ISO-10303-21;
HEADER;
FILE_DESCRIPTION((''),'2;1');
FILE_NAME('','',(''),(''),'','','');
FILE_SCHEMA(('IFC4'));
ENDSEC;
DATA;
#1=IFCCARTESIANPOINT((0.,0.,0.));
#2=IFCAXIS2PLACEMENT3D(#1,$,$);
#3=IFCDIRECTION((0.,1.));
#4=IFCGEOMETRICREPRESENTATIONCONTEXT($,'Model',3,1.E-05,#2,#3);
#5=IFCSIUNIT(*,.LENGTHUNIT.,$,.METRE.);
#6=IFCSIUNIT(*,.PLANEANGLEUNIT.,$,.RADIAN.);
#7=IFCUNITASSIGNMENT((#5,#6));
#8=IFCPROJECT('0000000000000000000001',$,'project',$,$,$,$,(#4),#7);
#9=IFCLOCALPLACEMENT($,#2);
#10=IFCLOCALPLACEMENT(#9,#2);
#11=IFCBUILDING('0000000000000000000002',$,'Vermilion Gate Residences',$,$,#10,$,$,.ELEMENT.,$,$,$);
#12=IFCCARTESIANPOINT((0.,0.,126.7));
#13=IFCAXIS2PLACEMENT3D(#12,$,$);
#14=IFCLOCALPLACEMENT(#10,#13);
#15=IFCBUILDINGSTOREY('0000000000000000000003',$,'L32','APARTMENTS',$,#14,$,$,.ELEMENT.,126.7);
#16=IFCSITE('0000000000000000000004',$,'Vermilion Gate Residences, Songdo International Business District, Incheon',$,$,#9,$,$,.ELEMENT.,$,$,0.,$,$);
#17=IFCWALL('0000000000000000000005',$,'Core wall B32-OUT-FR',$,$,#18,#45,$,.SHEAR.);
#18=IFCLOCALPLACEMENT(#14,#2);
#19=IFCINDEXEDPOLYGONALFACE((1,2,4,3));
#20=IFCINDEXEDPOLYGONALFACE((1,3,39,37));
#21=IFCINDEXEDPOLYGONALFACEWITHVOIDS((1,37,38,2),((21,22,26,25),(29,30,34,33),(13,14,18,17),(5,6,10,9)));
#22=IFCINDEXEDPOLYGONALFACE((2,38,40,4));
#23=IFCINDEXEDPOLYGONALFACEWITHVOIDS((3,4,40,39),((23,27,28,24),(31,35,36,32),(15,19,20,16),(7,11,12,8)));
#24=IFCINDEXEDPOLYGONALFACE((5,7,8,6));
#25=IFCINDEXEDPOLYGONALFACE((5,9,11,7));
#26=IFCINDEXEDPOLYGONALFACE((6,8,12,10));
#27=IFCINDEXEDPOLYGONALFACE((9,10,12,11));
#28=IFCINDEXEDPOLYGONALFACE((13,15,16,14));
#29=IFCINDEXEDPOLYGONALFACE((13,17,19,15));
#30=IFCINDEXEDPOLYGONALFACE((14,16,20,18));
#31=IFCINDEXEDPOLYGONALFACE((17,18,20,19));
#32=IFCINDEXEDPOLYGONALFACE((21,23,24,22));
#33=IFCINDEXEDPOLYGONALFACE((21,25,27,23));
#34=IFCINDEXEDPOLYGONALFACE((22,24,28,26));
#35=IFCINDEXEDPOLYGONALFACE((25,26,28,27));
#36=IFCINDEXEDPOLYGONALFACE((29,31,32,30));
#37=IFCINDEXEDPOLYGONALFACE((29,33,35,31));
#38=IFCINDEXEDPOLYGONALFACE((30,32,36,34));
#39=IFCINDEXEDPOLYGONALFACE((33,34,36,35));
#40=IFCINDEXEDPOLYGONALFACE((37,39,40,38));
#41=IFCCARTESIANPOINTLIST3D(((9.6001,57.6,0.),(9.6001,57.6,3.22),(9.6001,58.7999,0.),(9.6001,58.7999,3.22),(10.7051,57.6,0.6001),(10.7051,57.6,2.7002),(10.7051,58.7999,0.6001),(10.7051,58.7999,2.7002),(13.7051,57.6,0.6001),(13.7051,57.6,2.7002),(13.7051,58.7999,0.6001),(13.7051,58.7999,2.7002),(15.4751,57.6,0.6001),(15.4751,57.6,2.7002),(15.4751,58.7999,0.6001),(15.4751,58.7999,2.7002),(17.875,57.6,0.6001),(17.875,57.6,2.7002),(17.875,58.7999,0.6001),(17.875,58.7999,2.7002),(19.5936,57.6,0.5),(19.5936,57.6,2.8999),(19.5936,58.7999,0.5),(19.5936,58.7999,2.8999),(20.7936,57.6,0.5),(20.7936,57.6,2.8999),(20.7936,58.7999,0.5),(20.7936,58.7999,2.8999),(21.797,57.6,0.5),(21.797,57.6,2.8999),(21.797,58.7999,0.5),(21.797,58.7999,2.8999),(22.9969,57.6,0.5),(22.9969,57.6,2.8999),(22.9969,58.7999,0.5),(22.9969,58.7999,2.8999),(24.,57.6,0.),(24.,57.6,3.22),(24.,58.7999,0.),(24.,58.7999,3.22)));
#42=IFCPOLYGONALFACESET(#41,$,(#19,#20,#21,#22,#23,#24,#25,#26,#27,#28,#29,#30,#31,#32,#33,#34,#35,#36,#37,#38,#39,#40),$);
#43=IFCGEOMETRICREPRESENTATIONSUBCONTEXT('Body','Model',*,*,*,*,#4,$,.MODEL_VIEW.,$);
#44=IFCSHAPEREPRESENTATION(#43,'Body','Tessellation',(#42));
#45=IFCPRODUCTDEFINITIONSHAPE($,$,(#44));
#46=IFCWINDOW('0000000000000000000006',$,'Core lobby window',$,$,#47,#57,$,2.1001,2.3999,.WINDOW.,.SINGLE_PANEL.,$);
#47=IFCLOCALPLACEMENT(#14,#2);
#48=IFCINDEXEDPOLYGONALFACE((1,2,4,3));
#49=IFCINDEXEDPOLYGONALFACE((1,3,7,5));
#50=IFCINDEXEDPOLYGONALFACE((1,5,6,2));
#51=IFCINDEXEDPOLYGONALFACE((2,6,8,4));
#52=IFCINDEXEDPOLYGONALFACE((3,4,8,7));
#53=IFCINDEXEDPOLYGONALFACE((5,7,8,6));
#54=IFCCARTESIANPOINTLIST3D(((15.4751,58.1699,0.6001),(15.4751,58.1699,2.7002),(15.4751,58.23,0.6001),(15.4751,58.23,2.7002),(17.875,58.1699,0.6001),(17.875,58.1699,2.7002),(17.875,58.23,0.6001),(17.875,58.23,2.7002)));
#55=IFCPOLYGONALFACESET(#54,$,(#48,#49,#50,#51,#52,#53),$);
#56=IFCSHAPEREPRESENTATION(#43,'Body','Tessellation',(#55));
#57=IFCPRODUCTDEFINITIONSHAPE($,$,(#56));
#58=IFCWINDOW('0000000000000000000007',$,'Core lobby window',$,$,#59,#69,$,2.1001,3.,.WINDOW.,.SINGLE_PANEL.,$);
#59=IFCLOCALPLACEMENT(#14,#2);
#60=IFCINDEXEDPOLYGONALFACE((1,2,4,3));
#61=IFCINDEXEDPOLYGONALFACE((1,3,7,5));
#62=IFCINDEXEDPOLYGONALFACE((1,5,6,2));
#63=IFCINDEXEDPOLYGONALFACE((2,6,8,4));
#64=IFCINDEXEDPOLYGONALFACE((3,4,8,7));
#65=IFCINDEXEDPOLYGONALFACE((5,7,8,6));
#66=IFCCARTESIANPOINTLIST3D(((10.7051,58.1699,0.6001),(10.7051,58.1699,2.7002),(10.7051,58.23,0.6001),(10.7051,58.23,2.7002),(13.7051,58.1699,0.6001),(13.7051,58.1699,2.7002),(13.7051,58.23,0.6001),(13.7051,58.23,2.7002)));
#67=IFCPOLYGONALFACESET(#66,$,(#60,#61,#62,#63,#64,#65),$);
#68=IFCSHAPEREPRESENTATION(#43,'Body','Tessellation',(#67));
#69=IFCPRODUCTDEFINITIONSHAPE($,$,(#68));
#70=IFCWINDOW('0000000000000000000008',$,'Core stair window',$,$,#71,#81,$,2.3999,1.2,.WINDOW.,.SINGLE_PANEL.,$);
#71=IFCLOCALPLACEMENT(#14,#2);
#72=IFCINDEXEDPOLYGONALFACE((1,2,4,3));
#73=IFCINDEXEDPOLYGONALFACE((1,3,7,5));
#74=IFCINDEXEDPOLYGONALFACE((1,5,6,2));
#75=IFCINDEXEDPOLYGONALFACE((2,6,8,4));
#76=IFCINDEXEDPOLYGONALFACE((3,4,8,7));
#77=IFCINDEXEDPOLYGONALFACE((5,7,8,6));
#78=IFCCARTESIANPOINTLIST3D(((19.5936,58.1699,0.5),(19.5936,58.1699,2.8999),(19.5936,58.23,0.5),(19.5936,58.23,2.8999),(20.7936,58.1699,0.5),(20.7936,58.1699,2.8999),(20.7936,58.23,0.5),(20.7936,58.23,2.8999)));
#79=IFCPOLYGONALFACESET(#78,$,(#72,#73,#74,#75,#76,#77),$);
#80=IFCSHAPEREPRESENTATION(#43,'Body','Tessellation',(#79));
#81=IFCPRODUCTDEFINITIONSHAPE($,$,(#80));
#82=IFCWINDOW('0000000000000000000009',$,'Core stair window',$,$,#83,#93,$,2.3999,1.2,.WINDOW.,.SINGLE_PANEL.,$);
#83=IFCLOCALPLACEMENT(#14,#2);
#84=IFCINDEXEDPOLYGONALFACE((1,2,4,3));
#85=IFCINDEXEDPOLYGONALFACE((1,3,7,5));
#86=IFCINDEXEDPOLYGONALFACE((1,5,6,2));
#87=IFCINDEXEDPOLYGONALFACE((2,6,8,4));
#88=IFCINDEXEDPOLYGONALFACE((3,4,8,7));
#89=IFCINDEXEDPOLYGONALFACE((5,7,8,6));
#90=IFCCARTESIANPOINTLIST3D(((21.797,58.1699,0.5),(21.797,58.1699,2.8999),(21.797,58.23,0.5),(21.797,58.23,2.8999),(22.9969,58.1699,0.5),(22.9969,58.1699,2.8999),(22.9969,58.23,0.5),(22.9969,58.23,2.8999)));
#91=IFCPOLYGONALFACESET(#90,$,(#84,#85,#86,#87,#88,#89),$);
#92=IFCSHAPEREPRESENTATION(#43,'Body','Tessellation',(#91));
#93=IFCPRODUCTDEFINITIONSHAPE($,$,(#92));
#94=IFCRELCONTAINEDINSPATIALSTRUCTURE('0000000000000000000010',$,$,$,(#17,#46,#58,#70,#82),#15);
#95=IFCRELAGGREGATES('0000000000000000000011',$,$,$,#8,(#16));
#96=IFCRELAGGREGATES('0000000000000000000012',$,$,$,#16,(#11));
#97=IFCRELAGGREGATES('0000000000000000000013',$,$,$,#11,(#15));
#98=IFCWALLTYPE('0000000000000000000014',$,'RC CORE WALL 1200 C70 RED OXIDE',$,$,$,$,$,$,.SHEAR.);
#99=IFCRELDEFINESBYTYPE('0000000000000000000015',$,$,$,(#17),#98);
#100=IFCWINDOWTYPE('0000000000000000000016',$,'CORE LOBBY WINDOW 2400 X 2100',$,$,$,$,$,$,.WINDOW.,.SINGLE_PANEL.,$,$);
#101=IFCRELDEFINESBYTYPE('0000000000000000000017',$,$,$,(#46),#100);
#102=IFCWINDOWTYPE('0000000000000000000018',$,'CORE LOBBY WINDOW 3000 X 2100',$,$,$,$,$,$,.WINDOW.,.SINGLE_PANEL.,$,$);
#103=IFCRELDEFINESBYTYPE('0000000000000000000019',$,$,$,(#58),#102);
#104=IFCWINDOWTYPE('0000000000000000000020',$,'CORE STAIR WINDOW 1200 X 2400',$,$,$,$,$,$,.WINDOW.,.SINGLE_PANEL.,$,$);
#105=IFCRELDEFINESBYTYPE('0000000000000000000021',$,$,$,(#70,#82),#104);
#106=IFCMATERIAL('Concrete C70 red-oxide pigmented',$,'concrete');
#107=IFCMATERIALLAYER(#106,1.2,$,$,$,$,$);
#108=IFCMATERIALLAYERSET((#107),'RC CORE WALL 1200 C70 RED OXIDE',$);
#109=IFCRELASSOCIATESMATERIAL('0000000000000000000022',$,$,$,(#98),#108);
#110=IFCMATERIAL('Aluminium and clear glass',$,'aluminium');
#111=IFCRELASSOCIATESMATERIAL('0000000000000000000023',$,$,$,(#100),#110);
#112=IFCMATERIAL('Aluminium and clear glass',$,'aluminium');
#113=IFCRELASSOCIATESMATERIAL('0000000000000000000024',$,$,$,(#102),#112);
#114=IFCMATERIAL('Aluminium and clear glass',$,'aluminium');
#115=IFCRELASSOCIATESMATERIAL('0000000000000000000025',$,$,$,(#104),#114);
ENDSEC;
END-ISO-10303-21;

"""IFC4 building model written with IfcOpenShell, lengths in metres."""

from ifc_helpers import new_model, si_unit, direction, frame, frame_2d, origin, place, context, subcontext, project, spatial, rectangle, extrude, material, layer, layer_set, type_object, element, fill, save


model = new_model("IFC4")

# Units and contexts
model_context = context("Model", 3, precision=1e-05, world=origin(), true_north=direction((0.0, 1.0)))
body_context = subcontext(model_context, "Body", "Model", "MODEL_VIEW")
ifc_project = project(units=[si_unit("LENGTHUNIT", "METRE"), si_unit("PLANEANGLEUNIT", "RADIAN")], contexts=[model_context])

# Site, building, storey
site_placement = place(None, origin())
site = spatial("IfcSite", under=ifc_project, at=site_placement, Name="Vermilion Gate Residences, Songdo International Business District, Incheon", CompositionType="ELEMENT", RefElevation=0.0)
building_placement = place(site_placement, origin())
building = spatial("IfcBuilding", under=site, at=building_placement, Name="Vermilion Gate Residences", CompositionType="ELEMENT")
storey_placement = place(building_placement, frame((0.0, 0.0, 126.7)))
storey = spatial("IfcBuildingStorey", under=building, at=storey_placement, Name="L32", Description="APARTMENTS", CompositionType="ELEMENT", Elevation=126.7)

# Wall, openings, windows
ifc_material_1 = material(Name="Concrete C70 red-oxide pigmented", Category="concrete")
ifc_layer_1 = layer(ifc_material_1, 1.2)
ifc_layer_set_1 = layer_set([ifc_layer_1], Name="RC CORE WALL 1200 C70 RED OXIDE")
wall_type_1 = type_object("IfcWallType", Name="RC CORE WALL 1200 C70 RED OXIDE", PredefinedType="SHEAR", material=ifc_layer_set_1)
wall_1_placement = place(storey_placement, frame((9.6001, 58.2, 0.0), z_axis=(0.0, 0.0, 1.0), x_axis=(1.0, 0.0, 0.0)))
wall_1 = element("IfcWall", 1, at=wall_1_placement, inside=storey, type_object=wall_type_1, Name="Core wall B32-OUT-FR", PredefinedType="SHEAR", context=body_context, shape_type="SweptSolid", body=[
    extrude(rectangle(XDim=14.3999, YDim=1.2, at=frame_2d((7.2, 0.0))), origin(), (0.0, 0.0, 1.0), 3.22),
])
opening_1_placement = place(wall_1_placement, frame((1.105, 0.0, 0.6001)))
opening_1 = element("IfcOpeningElement", 2, at=opening_1_placement, cuts=wall_1, PredefinedType="OPENING", context=body_context, shape_type="SweptSolid", body=[
    extrude(rectangle(XDim=3.0, YDim=2.1001, at=frame_2d((1.5, 1.05))), frame((0.0, 0.6099, 0.0), z_axis=(0.0, -1.0, 0.0), x_axis=(1.0, 0.0, 0.0)), (0.0, 0.0, 1.0), 1.22),
])
opening_2_placement = place(wall_1_placement, frame((5.875, 0.0, 0.6001)))
opening_2 = element("IfcOpeningElement", 3, at=opening_2_placement, cuts=wall_1, PredefinedType="OPENING", context=body_context, shape_type="SweptSolid", body=[
    extrude(rectangle(XDim=2.3999, YDim=2.1001, at=frame_2d((1.2, 1.05))), frame((0.0, 0.6099, 0.0), z_axis=(0.0, -1.0, 0.0), x_axis=(1.0, 0.0, 0.0)), (0.0, 0.0, 1.0), 1.22),
])
opening_3_placement = place(wall_1_placement, frame((9.9934, 0.0, 0.5)))
opening_3 = element("IfcOpeningElement", 4, at=opening_3_placement, cuts=wall_1, PredefinedType="OPENING", context=body_context, shape_type="SweptSolid", body=[
    extrude(rectangle(XDim=1.2, YDim=2.3999, at=frame_2d((0.6001, 1.2))), frame((0.0, 0.6099, 0.0), z_axis=(0.0, -1.0, 0.0), x_axis=(1.0, 0.0, 0.0)), (0.0, 0.0, 1.0), 1.22),
])
opening_4_placement = place(wall_1_placement, frame((12.1968, 0.0, 0.5)))
opening_4 = element("IfcOpeningElement", 5, at=opening_4_placement, cuts=wall_1, PredefinedType="OPENING", context=body_context, shape_type="SweptSolid", body=[
    extrude(rectangle(XDim=1.2, YDim=2.3999, at=frame_2d((0.6001, 1.2))), frame((0.0, 0.6099, 0.0), z_axis=(0.0, -1.0, 0.0), x_axis=(1.0, 0.0, 0.0)), (0.0, 0.0, 1.0), 1.22),
])
ifc_material_2 = material(Name="Aluminium and clear glass", Category="aluminium")
window_type_1 = type_object("IfcWindowType", Name="CORE LOBBY WINDOW 2400 X 2100", PartitioningType="SINGLE_PANEL", PredefinedType="WINDOW", material=ifc_material_2)
window_1_placement = place(opening_2_placement, origin())
window_1 = element("IfcWindow", 6, at=window_1_placement, inside=storey, type_object=window_type_1, Name="Core lobby window", OverallHeight=2.1001, OverallWidth=2.3999, PartitioningType="SINGLE_PANEL", PredefinedType="WINDOW", context=body_context, shape_type="SweptSolid", body=[
    extrude(rectangle(XDim=2.3999, YDim=2.1001, at=frame_2d((1.2, 1.05))), frame((0.0, 0.03, 0.0), z_axis=(0.0, -1.0, 0.0), x_axis=(1.0, 0.0, 0.0)), (0.0, 0.0, 1.0), 0.0601),
])
fill(opening_2, window_1)
ifc_material_3 = material(Name="Aluminium and clear glass", Category="aluminium")
window_type_2 = type_object("IfcWindowType", Name="CORE LOBBY WINDOW 3000 X 2100", PartitioningType="SINGLE_PANEL", PredefinedType="WINDOW", material=ifc_material_3)
window_2_placement = place(opening_1_placement, origin())
window_2 = element("IfcWindow", 7, at=window_2_placement, inside=storey, type_object=window_type_2, Name="Core lobby window", OverallHeight=2.1001, OverallWidth=3.0, PartitioningType="SINGLE_PANEL", PredefinedType="WINDOW", context=body_context, shape_type="SweptSolid", body=[
    extrude(rectangle(XDim=3.0, YDim=2.1001, at=frame_2d((1.5, 1.05))), frame((0.0, 0.03, 0.0), z_axis=(0.0, -1.0, 0.0), x_axis=(1.0, 0.0, 0.0)), (0.0, 0.0, 1.0), 0.0601),
])
fill(opening_1, window_2)
ifc_material_4 = material(Name="Aluminium and clear glass", Category="aluminium")
window_type_3 = type_object("IfcWindowType", Name="CORE STAIR WINDOW 1200 X 2400", PartitioningType="SINGLE_PANEL", PredefinedType="WINDOW", material=ifc_material_4)
window_3_placement = place(opening_3_placement, origin())
window_3 = element("IfcWindow", 8, at=window_3_placement, inside=storey, type_object=window_type_3, Name="Core stair window", OverallHeight=2.3999, OverallWidth=1.2, PartitioningType="SINGLE_PANEL", PredefinedType="WINDOW", context=body_context, shape_type="SweptSolid", body=[
    extrude(rectangle(XDim=1.2, YDim=2.3999, at=frame_2d((0.6001, 1.2))), frame((0.0, 0.03, 0.0), z_axis=(0.0, -1.0, 0.0), x_axis=(1.0, 0.0, 0.0)), (0.0, 0.0, 1.0), 0.0601),
])
fill(opening_3, window_3)
window_4_placement = place(opening_4_placement, origin())
window_4 = element("IfcWindow", 9, at=window_4_placement, inside=storey, type_object=window_type_3, Name="Core stair window", OverallHeight=2.3999, OverallWidth=1.2, PartitioningType="SINGLE_PANEL", PredefinedType="WINDOW", context=body_context, shape_type="SweptSolid", body=[
    extrude(rectangle(XDim=1.2, YDim=2.3999, at=frame_2d((0.6001, 1.2))), frame((0.0, 0.03, 0.0), z_axis=(0.0, -1.0, 0.0), x_axis=(1.0, 0.0, 0.0)), (0.0, 0.0, 1.0), 0.0601),
])
fill(opening_4, window_4)

save(model, "model.ifc")
